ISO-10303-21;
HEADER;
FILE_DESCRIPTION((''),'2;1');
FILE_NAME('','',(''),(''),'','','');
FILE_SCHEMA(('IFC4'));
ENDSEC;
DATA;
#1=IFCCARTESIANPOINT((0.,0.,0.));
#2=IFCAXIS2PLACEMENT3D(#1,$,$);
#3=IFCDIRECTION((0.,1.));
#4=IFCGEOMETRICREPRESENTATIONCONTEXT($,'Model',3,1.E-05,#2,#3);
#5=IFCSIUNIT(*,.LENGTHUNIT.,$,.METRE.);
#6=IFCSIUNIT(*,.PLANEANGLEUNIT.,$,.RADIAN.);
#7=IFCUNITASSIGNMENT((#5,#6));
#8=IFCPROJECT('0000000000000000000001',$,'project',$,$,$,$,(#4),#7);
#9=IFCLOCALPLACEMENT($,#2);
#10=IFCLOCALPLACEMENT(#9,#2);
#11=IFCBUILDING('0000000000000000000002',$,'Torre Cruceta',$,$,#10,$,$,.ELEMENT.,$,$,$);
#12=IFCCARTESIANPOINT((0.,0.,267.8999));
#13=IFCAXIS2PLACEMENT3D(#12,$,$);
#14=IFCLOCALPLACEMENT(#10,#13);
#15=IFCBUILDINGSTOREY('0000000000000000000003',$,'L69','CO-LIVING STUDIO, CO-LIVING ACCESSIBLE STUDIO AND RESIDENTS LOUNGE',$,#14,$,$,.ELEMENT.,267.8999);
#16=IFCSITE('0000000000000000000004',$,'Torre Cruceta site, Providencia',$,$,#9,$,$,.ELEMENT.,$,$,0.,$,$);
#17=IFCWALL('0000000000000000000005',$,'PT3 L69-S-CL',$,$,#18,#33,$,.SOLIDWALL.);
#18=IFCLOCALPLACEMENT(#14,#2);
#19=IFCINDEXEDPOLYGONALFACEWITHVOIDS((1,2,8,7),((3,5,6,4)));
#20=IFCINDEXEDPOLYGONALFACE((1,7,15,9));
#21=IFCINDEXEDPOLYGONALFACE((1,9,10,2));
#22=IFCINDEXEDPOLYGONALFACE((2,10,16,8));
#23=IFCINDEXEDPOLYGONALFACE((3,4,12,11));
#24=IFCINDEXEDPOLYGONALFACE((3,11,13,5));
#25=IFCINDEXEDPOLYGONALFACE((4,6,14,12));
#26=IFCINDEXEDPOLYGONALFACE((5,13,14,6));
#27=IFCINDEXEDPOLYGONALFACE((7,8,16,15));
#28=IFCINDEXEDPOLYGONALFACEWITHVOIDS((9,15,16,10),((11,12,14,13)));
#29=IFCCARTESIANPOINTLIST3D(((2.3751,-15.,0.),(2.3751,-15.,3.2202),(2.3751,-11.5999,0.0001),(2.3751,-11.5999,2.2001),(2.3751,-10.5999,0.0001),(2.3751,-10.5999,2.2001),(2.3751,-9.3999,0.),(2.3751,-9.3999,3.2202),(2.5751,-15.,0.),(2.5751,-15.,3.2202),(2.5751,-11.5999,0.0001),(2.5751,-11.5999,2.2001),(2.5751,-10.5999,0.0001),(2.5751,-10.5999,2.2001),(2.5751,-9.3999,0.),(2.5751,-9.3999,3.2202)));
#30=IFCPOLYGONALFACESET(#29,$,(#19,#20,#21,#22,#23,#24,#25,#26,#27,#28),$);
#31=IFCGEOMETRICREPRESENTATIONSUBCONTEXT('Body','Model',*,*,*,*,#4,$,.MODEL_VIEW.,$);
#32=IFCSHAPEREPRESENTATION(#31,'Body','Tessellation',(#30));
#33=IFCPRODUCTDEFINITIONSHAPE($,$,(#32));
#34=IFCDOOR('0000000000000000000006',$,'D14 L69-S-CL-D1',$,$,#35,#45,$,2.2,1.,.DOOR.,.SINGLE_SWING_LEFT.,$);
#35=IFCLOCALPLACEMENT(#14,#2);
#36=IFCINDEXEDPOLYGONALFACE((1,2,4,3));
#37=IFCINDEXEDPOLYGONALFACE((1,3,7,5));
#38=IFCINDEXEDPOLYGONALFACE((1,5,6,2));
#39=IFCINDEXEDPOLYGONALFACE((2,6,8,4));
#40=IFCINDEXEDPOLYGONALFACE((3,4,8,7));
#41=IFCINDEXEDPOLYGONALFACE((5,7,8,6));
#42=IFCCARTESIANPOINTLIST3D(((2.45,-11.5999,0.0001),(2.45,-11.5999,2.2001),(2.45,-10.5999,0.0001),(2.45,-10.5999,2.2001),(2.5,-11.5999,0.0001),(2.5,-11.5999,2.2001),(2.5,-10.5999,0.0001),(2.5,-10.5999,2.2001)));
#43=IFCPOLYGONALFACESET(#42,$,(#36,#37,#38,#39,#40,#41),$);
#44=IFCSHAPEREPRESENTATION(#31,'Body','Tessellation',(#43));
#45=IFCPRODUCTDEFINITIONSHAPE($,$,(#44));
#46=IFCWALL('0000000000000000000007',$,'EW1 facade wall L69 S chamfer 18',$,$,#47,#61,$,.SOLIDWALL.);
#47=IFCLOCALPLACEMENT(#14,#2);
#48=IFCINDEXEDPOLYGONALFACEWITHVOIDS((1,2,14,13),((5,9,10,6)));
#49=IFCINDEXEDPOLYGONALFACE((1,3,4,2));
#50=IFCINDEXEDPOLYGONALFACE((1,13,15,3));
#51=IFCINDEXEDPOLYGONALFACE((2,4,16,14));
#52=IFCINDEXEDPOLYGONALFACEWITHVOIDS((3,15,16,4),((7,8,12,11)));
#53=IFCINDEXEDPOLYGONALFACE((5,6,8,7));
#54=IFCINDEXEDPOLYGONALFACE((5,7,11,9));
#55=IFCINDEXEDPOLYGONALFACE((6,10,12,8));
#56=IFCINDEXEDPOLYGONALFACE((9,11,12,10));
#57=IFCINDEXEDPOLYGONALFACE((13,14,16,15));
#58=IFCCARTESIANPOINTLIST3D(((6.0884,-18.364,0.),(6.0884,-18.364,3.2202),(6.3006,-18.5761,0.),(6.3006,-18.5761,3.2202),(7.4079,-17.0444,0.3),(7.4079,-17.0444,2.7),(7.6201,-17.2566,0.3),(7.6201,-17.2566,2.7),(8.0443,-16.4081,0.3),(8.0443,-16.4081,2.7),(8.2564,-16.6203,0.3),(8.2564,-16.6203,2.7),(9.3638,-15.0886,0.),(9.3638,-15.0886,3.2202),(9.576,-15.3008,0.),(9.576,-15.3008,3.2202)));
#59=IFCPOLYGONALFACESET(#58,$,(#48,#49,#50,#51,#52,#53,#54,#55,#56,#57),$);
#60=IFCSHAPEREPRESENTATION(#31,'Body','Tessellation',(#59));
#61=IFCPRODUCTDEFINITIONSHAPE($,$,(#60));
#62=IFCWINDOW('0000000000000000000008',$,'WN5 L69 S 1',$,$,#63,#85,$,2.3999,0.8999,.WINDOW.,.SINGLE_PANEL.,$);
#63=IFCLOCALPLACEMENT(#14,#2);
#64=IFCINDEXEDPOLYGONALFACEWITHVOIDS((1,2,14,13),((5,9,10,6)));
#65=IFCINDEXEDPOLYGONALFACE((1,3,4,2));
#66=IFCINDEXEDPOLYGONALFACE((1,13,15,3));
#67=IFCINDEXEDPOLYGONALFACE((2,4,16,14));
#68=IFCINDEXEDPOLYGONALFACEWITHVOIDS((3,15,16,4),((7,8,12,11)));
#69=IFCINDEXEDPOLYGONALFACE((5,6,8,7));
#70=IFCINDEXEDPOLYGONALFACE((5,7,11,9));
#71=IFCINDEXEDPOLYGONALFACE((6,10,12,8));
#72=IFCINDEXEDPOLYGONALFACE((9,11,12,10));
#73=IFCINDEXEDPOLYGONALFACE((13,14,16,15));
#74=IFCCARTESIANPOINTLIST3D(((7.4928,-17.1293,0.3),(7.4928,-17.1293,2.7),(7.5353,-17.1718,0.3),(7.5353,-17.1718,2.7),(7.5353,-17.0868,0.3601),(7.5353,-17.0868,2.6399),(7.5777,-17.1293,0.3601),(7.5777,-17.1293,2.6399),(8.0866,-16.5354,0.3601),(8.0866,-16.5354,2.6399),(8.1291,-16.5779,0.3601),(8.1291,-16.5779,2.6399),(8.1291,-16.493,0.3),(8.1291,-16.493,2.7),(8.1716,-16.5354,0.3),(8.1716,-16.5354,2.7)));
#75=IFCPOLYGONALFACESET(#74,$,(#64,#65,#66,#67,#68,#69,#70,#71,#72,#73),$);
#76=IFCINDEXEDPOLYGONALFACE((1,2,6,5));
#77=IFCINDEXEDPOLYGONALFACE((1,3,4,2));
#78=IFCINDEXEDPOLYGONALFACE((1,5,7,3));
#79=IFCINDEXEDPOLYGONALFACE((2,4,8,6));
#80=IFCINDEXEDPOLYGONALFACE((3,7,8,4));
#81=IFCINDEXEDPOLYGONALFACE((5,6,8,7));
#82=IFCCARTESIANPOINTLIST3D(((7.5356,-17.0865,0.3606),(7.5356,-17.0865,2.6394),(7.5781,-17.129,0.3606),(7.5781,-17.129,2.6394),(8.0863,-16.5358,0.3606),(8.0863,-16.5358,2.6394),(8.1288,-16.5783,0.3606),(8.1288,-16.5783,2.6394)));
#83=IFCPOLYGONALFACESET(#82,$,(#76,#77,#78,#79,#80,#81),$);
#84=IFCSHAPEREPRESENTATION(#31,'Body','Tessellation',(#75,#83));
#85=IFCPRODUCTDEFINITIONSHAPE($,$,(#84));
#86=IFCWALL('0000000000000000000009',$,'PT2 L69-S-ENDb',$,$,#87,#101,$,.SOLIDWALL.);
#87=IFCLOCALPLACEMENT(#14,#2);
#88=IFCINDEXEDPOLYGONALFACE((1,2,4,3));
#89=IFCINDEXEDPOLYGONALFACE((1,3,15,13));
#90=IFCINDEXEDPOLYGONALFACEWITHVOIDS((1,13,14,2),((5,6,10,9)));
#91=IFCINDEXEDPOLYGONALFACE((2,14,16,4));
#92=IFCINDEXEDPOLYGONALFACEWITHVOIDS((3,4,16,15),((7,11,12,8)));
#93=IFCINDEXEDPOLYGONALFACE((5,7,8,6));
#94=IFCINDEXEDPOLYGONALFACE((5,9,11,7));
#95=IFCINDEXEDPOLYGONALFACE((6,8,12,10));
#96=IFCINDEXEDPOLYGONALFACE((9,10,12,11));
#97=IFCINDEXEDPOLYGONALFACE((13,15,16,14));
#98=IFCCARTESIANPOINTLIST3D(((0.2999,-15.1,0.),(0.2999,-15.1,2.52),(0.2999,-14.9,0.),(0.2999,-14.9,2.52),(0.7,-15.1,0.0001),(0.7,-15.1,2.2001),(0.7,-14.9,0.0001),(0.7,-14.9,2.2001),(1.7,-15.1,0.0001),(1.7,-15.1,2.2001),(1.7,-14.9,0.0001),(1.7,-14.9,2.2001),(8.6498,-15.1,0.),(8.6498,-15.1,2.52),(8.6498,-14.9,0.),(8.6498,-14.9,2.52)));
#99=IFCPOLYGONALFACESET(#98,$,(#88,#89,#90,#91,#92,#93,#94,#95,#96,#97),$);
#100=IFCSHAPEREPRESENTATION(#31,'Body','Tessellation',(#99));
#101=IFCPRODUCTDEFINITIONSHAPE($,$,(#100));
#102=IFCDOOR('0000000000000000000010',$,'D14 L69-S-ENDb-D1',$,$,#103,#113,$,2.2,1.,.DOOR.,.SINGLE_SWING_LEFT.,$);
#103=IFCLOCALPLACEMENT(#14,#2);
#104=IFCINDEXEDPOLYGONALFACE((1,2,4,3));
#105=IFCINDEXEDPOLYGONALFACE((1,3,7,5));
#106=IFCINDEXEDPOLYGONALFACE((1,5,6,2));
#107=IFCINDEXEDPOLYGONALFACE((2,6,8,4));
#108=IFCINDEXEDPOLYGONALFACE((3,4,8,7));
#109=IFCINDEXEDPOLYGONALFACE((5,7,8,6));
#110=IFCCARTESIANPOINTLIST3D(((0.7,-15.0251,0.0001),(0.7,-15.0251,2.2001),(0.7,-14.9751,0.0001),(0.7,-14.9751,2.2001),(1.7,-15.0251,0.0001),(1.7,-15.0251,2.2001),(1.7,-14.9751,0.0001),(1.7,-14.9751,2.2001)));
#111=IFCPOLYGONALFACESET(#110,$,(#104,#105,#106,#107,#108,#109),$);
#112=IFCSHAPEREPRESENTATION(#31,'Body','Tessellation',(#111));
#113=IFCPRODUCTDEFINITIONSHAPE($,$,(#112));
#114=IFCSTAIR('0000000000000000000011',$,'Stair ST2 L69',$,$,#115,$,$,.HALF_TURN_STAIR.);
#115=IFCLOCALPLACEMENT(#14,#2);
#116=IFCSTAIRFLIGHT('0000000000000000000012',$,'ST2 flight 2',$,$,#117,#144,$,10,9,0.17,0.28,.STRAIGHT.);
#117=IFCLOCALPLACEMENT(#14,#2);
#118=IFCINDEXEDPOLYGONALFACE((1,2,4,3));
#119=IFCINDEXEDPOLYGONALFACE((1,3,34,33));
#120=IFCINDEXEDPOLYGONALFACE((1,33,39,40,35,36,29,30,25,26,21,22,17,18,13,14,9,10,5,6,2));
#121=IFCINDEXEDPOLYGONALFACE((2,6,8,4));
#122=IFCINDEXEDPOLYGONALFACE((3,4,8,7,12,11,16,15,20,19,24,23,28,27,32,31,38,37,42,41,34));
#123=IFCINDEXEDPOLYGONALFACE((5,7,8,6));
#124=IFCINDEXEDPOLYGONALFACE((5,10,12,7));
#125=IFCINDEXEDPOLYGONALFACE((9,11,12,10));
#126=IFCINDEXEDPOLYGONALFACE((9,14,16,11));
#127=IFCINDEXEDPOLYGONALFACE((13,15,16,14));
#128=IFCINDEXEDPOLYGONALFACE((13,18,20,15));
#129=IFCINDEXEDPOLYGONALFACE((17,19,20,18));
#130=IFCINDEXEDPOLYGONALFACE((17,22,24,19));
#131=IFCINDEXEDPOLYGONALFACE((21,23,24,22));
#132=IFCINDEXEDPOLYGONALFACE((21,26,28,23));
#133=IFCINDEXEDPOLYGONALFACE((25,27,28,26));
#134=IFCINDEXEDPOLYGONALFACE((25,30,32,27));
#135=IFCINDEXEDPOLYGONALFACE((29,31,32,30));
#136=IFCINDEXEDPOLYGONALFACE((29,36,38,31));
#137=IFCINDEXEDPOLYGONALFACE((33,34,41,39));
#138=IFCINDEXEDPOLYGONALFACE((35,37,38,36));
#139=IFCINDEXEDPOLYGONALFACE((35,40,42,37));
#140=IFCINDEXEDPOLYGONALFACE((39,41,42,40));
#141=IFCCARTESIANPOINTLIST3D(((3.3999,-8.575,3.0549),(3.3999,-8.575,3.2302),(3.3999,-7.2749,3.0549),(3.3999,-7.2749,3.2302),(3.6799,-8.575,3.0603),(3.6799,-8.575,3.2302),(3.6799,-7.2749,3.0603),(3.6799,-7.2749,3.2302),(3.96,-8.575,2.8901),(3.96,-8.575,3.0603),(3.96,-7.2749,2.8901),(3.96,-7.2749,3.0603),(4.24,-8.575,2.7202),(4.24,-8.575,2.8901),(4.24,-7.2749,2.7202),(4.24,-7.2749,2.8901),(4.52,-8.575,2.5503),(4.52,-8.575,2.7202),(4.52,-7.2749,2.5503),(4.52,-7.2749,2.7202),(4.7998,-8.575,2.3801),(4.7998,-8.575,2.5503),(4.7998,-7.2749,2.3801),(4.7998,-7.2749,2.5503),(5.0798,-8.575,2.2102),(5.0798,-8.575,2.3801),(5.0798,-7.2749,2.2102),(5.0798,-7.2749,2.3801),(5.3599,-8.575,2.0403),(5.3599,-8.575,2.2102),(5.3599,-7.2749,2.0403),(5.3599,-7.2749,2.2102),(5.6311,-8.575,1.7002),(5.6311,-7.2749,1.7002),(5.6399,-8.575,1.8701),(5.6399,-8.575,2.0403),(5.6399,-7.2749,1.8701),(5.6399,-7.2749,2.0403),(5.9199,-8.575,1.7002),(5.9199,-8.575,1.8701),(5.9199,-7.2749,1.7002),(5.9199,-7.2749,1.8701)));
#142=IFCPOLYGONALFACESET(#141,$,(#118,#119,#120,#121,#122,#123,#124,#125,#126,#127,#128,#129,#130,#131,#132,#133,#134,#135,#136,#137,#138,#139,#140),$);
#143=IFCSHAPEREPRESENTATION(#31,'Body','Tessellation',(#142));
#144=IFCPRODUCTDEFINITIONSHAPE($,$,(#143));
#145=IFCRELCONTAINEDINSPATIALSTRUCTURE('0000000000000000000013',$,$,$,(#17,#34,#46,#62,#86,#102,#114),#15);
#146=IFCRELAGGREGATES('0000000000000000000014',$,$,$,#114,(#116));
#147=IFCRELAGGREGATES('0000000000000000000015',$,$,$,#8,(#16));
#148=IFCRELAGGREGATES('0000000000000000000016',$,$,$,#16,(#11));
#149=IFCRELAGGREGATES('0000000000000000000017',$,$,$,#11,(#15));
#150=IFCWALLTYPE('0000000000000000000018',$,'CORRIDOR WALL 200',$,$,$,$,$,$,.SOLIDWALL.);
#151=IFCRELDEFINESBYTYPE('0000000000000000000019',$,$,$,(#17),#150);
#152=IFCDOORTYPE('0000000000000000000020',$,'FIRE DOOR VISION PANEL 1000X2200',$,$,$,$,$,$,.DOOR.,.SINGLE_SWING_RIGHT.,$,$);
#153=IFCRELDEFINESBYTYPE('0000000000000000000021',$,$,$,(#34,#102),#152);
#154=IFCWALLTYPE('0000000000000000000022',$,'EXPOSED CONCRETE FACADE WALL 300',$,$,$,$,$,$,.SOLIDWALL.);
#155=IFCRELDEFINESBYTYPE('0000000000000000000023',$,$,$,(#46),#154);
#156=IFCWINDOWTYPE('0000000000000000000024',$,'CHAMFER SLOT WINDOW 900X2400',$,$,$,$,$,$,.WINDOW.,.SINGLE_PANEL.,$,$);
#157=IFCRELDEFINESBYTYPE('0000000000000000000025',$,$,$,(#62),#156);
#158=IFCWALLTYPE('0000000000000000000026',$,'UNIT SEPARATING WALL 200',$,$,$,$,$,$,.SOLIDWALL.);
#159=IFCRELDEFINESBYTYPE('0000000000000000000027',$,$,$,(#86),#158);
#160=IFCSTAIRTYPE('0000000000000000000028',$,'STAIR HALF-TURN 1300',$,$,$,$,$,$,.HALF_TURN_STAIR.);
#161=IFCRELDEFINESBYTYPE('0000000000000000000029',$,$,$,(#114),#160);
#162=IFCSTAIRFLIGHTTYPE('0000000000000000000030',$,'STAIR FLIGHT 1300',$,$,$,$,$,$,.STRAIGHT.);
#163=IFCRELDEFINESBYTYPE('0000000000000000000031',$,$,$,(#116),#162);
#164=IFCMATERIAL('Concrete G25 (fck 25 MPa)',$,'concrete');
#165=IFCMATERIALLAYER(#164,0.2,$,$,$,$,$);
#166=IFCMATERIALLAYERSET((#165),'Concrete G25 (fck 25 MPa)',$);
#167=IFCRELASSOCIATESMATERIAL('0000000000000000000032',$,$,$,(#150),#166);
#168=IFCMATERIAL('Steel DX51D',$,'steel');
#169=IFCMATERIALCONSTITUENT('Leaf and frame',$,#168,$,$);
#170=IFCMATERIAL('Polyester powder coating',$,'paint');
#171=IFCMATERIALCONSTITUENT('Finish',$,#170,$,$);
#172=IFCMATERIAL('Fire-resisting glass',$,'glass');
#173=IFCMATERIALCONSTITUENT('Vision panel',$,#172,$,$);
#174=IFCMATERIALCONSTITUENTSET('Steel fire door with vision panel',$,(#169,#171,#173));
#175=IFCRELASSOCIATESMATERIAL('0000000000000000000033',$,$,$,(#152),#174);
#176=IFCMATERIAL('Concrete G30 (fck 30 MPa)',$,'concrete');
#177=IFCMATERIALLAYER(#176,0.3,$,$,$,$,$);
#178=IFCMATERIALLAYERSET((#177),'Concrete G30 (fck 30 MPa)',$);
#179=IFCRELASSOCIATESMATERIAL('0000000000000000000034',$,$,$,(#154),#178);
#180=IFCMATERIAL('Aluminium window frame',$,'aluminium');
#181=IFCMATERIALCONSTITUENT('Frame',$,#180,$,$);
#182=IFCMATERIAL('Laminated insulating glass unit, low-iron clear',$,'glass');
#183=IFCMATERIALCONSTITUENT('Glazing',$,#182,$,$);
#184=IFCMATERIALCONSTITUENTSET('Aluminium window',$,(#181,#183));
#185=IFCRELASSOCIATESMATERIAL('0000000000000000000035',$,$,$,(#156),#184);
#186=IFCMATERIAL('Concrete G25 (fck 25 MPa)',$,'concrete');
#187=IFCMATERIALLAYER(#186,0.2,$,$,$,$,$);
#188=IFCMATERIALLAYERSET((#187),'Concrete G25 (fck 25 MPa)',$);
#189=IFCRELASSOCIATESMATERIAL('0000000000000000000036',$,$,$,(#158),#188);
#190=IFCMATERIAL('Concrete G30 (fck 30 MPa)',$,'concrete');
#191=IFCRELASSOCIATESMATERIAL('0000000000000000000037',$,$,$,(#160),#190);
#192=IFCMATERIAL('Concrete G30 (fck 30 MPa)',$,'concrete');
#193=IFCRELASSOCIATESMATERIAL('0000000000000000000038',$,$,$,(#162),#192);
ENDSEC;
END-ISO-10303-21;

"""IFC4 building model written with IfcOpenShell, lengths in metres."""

from ifc_helpers import new_model, si_unit, direction, frame, frame_2d, origin, place, context, subcontext, project, spatial, polyline, rectangle, hollow_rectangle, outline, extrude, material, layer, layer_set, constituent, constituent_set, type_object, element, fill, aggregate, save


model = new_model("IFC4")

# Units and contexts
model_context = context("Model", 3, precision=1e-05, world=origin(), true_north=direction((0.0, 1.0)))
body_context = subcontext(model_context, "Body", "Model", "MODEL_VIEW")
ifc_project = project(units=[si_unit("LENGTHUNIT", "METRE"), si_unit("PLANEANGLEUNIT", "RADIAN")], contexts=[model_context])

# Site, building, storey
site_placement = place(None, origin())
site = spatial("IfcSite", under=ifc_project, at=site_placement, Name="Torre Cruceta site, Providencia", CompositionType="ELEMENT", RefElevation=0.0)
building_placement = place(site_placement, origin())
building = spatial("IfcBuilding", under=site, at=building_placement, Name="Torre Cruceta", CompositionType="ELEMENT")
storey_placement = place(building_placement, frame((0.0, 0.0, 267.8999)))
storey = spatial("IfcBuildingStorey", under=building, at=storey_placement, Name="L69", Description="CO-LIVING STUDIO, CO-LIVING ACCESSIBLE STUDIO AND RESIDENTS LOUNGE", CompositionType="ELEMENT", Elevation=267.8999)

# Wall, opening, door
ifc_material_1 = material(Name="Concrete G25 (fck 25 MPa)", Category="concrete")
ifc_layer_1 = layer(ifc_material_1, 0.2)
ifc_layer_set_1 = layer_set([ifc_layer_1], Name="Concrete G25 (fck 25 MPa)")
wall_type_1 = type_object("IfcWallType", Name="CORRIDOR WALL 200", PredefinedType="SOLIDWALL", material=ifc_layer_set_1)
wall_1_placement = place(storey_placement, frame((2.4751, -9.3999, 0.0), z_axis=(0.0, 0.0, 1.0), x_axis=(0.0, -1.0, 0.0)))
wall_1 = element("IfcWall", 1, at=wall_1_placement, inside=storey, type_object=wall_type_1, Name="PT3 L69-S-CL", PredefinedType="SOLIDWALL", context=body_context, shape_type="SweptSolid", body=[
    extrude(rectangle(XDim=5.6001, YDim=0.2, at=frame_2d((2.8, 0.0))), origin(), (0.0, 0.0, 1.0), 3.2202),
])
opening_1_placement = place(wall_1_placement, frame((1.2, 0.0, 0.0)))
opening_1 = element("IfcOpeningElement", 2, at=opening_1_placement, cuts=wall_1, PredefinedType="OPENING", context=body_context, shape_type="SweptSolid", body=[
    extrude(rectangle(XDim=1.0, YDim=2.2, at=frame_2d((0.5, 1.1001))), frame((0.0, 0.1099, 0.0), z_axis=(0.0, -1.0, 0.0), x_axis=(1.0, 0.0, 0.0)), (0.0, 0.0, 1.0), 0.22),
])
ifc_material_2 = material(Name="Steel DX51D", Category="steel")
ifc_constituent_1 = constituent(ifc_material_2, Name="Leaf and frame")
ifc_material_3 = material(Name="Polyester powder coating", Category="paint")
ifc_constituent_2 = constituent(ifc_material_3, Name="Finish")
ifc_material_4 = material(Name="Fire-resisting glass", Category="glass")
ifc_constituent_3 = constituent(ifc_material_4, Name="Vision panel")
ifc_constituent_set_1 = constituent_set(constituents=[ifc_constituent_1, ifc_constituent_2, ifc_constituent_3], Name="Steel fire door with vision panel")
door_type = type_object("IfcDoorType", Name="FIRE DOOR VISION PANEL 1000X2200", OperationType="SINGLE_SWING_RIGHT", PredefinedType="DOOR", material=ifc_constituent_set_1)
door_1_placement = place(opening_1_placement, origin())
door_1 = element("IfcDoor", 3, at=door_1_placement, inside=storey, type_object=door_type, Name="D14 L69-S-CL-D1", OperationType="SINGLE_SWING_LEFT", OverallHeight=2.2, OverallWidth=1.0, PredefinedType="DOOR", context=body_context, shape_type="SweptSolid", body=[
    extrude(rectangle(XDim=1.0, YDim=2.2, at=frame_2d((0.5, 1.1001))), frame((0.0, 0.0249, 0.0), z_axis=(0.0, -1.0, 0.0), x_axis=(1.0, 0.0, 0.0)), (0.0, 0.0, 1.0), 0.05),
])
fill(opening_1, door_1)

# Wall, opening, window
ifc_material_5 = material(Name="Concrete G30 (fck 30 MPa)", Category="concrete")
ifc_layer_2 = layer(ifc_material_5, 0.3)
ifc_layer_set_2 = layer_set([ifc_layer_2], Name="Concrete G30 (fck 30 MPa)")
wall_type_2 = type_object("IfcWallType", Name="EXPOSED CONCRETE FACADE WALL 300", PredefinedType="SOLIDWALL", material=ifc_layer_set_2)
wall_2_placement = place(storey_placement, frame((6.1946, -18.47, 0.0), z_axis=(0.0, 0.0, 1.0), x_axis=(0.707107, 0.707107, 0.0)))
wall_2 = element("IfcWall", 4, at=wall_2_placement, inside=storey, type_object=wall_type_2, Name="EW1 facade wall L69 S chamfer 18", PredefinedType="SOLIDWALL", context=body_context, shape_type="SweptSolid", body=[
    extrude(rectangle(XDim=4.6321, YDim=0.3, at=frame_2d((2.3159, 0.0))), origin(), (0.0, 0.0, 1.0), 3.2202),
])
opening_2_placement = place(wall_2_placement, frame((1.866, 0.0, 0.3)))
opening_2 = element("IfcOpeningElement", 5, at=opening_2_placement, cuts=wall_2, PredefinedType="OPENING", context=body_context, shape_type="SweptSolid", body=[
    extrude(rectangle(XDim=0.8999, YDim=2.3999, at=frame_2d((0.45, 1.2))), frame((0.0, 0.1599, 0.0), z_axis=(0.0, -1.0, 0.0), x_axis=(1.0, 0.0, 0.0)), (0.0, 0.0, 1.0), 0.3201),
])
ifc_material_6 = material(Name="Aluminium window frame", Category="aluminium")
ifc_constituent_4 = constituent(ifc_material_6, Name="Frame")
ifc_material_7 = material(Name="Laminated insulating glass unit, low-iron clear", Category="glass")
ifc_constituent_5 = constituent(ifc_material_7, Name="Glazing")
ifc_constituent_set_2 = constituent_set(constituents=[ifc_constituent_4, ifc_constituent_5], Name="Aluminium window")
window_type = type_object("IfcWindowType", Name="CHAMFER SLOT WINDOW 900X2400", PartitioningType="SINGLE_PANEL", PredefinedType="WINDOW", material=ifc_constituent_set_2)
window_placement = place(opening_2_placement, origin())
window = element("IfcWindow", 6, at=window_placement, inside=storey, type_object=window_type, Name="WN5 L69 S 1", OverallHeight=2.3999, OverallWidth=0.8999, PartitioningType="SINGLE_PANEL", PredefinedType="WINDOW", context=body_context, shape_type="SweptSolid", body=[
    extrude(hollow_rectangle(XDim=0.8999, YDim=2.3999, WallThickness=0.0601, at=frame_2d((0.45, 1.2))), frame((0.0, 0.03, 0.0), z_axis=(0.0, -1.0, 0.0), x_axis=(1.0, 0.0, 0.0)), (0.0, 0.0, 1.0), 0.0601),
    extrude(rectangle(XDim=0.7788, YDim=2.2788, at=frame_2d((0.45, 1.2))), frame((0.0, 0.03, 0.0), z_axis=(0.0, -1.0, 0.0), x_axis=(1.0, 0.0, 0.0)), (0.0, 0.0, 1.0), 0.0601),
])
fill(opening_2, window)

# Wall, opening, door
ifc_material_8 = material(Name="Concrete G25 (fck 25 MPa)", Category="concrete")
ifc_layer_3 = layer(ifc_material_8, 0.2)
ifc_layer_set_3 = layer_set([ifc_layer_3], Name="Concrete G25 (fck 25 MPa)")
wall_type_3 = type_object("IfcWallType", Name="UNIT SEPARATING WALL 200", PredefinedType="SOLIDWALL", material=ifc_layer_set_3)
wall_3_placement = place(storey_placement, frame((0.3, -15.0, 0.0), z_axis=(0.0, 0.0, 1.0), x_axis=(1.0, 0.0, 0.0)))
wall_3 = element("IfcWall", 7, at=wall_3_placement, inside=storey, type_object=wall_type_3, Name="PT2 L69-S-ENDb", PredefinedType="SOLIDWALL", context=body_context, shape_type="SweptSolid", body=[
    extrude(rectangle(XDim=8.3499, YDim=0.2, at=frame_2d((4.1748, 0.0))), origin(), (0.0, 0.0, 1.0), 2.52),
])
opening_3_placement = place(wall_3_placement, frame((0.3999, 0.0, 0.0)))
opening_3 = element("IfcOpeningElement", 8, at=opening_3_placement, cuts=wall_3, PredefinedType="OPENING", context=body_context, shape_type="SweptSolid", body=[
    extrude(rectangle(XDim=1.0, YDim=2.2, at=frame_2d((0.5, 1.1001))), frame((0.0, 0.1099, 0.0), z_axis=(0.0, -1.0, 0.0), x_axis=(1.0, 0.0, 0.0)), (0.0, 0.0, 1.0), 0.22),
])
door_2_placement = place(opening_3_placement, frame((1.0, 0.0, 0.0), z_axis=(0.0, 0.0, 1.0), x_axis=(-1.0, 0.0, 0.0)))
door_2 = element("IfcDoor", 9, at=door_2_placement, inside=storey, type_object=door_type, Name="D14 L69-S-ENDb-D1", OperationType="SINGLE_SWING_LEFT", OverallHeight=2.2, OverallWidth=1.0, PredefinedType="DOOR", context=body_context, shape_type="SweptSolid", body=[
    extrude(rectangle(XDim=1.0, YDim=2.2, at=frame_2d((0.5, 1.1001))), frame((0.0, 0.0251, 0.0), z_axis=(0.0, -1.0, 0.0), x_axis=(1.0, 0.0, 0.0)), (0.0, 0.0, 1.0), 0.05),
])
fill(opening_3, door_2)

# Stair, stair flight
ifc_material_9 = material(Name="Concrete G30 (fck 30 MPa)", Category="concrete")
stair_type = type_object("IfcStairType", Name="STAIR HALF-TURN 1300", PredefinedType="HALF_TURN_STAIR", material=ifc_material_9)
stair_placement = place(storey_placement, origin())
stair = element("IfcStair", 10, at=stair_placement, inside=storey, type_object=stair_type, Name="Stair ST2 L69", PredefinedType="HALF_TURN_STAIR")
ifc_material_10 = material(Name="Concrete G30 (fck 30 MPa)", Category="concrete")
stair_flight_type = type_object("IfcStairFlightType", Name="STAIR FLIGHT 1300", PredefinedType="STRAIGHT", material=ifc_material_10)
stair_flight_placement = place(storey_placement, frame((5.9199, -7.925, 1.7002), z_axis=(0.0, 0.0, 1.0), x_axis=(-1.0, 0.0, 0.0)))
stair_flight = element("IfcStairFlight", 11, at=stair_flight_placement, type_object=stair_flight_type, Name="ST2 flight 2", NumberOfRisers=10, NumberOfTreads=9, PredefinedType="STRAIGHT", RiserHeight=0.17, TreadLength=0.28, context=body_context, shape_type="SweptSolid", body=[
    extrude(outline(polyline([(0.0, 0.0), (0.0, 0.1699), (0.28, 0.1699), (0.28, 0.3401), (0.5601, 0.3401), (0.5601, 0.51), (0.8401, 0.51), (0.8401, 0.6799), (1.1201, 0.6799), (1.1201, 0.8501), (1.3999, 0.8501), (1.3999, 1.02), (1.6799, 1.02), (1.6799, 1.1899), (1.96, 1.1899), (1.96, 1.3601), (2.24, 1.3601), (2.24, 1.53), (2.52, 1.53), (2.52, 1.7), (2.52, 1.3547), (0.2888, 0.0), (0.0, 0.0)])), frame((0.0, 0.6499, 0.0), z_axis=(0.0, -1.0, 0.0), x_axis=(1.0, 0.0, 0.0)), (0.0, 0.0, 1.0), 1.3),
])
aggregate(stair, [stair_flight])

save(model, "model.ifc")
